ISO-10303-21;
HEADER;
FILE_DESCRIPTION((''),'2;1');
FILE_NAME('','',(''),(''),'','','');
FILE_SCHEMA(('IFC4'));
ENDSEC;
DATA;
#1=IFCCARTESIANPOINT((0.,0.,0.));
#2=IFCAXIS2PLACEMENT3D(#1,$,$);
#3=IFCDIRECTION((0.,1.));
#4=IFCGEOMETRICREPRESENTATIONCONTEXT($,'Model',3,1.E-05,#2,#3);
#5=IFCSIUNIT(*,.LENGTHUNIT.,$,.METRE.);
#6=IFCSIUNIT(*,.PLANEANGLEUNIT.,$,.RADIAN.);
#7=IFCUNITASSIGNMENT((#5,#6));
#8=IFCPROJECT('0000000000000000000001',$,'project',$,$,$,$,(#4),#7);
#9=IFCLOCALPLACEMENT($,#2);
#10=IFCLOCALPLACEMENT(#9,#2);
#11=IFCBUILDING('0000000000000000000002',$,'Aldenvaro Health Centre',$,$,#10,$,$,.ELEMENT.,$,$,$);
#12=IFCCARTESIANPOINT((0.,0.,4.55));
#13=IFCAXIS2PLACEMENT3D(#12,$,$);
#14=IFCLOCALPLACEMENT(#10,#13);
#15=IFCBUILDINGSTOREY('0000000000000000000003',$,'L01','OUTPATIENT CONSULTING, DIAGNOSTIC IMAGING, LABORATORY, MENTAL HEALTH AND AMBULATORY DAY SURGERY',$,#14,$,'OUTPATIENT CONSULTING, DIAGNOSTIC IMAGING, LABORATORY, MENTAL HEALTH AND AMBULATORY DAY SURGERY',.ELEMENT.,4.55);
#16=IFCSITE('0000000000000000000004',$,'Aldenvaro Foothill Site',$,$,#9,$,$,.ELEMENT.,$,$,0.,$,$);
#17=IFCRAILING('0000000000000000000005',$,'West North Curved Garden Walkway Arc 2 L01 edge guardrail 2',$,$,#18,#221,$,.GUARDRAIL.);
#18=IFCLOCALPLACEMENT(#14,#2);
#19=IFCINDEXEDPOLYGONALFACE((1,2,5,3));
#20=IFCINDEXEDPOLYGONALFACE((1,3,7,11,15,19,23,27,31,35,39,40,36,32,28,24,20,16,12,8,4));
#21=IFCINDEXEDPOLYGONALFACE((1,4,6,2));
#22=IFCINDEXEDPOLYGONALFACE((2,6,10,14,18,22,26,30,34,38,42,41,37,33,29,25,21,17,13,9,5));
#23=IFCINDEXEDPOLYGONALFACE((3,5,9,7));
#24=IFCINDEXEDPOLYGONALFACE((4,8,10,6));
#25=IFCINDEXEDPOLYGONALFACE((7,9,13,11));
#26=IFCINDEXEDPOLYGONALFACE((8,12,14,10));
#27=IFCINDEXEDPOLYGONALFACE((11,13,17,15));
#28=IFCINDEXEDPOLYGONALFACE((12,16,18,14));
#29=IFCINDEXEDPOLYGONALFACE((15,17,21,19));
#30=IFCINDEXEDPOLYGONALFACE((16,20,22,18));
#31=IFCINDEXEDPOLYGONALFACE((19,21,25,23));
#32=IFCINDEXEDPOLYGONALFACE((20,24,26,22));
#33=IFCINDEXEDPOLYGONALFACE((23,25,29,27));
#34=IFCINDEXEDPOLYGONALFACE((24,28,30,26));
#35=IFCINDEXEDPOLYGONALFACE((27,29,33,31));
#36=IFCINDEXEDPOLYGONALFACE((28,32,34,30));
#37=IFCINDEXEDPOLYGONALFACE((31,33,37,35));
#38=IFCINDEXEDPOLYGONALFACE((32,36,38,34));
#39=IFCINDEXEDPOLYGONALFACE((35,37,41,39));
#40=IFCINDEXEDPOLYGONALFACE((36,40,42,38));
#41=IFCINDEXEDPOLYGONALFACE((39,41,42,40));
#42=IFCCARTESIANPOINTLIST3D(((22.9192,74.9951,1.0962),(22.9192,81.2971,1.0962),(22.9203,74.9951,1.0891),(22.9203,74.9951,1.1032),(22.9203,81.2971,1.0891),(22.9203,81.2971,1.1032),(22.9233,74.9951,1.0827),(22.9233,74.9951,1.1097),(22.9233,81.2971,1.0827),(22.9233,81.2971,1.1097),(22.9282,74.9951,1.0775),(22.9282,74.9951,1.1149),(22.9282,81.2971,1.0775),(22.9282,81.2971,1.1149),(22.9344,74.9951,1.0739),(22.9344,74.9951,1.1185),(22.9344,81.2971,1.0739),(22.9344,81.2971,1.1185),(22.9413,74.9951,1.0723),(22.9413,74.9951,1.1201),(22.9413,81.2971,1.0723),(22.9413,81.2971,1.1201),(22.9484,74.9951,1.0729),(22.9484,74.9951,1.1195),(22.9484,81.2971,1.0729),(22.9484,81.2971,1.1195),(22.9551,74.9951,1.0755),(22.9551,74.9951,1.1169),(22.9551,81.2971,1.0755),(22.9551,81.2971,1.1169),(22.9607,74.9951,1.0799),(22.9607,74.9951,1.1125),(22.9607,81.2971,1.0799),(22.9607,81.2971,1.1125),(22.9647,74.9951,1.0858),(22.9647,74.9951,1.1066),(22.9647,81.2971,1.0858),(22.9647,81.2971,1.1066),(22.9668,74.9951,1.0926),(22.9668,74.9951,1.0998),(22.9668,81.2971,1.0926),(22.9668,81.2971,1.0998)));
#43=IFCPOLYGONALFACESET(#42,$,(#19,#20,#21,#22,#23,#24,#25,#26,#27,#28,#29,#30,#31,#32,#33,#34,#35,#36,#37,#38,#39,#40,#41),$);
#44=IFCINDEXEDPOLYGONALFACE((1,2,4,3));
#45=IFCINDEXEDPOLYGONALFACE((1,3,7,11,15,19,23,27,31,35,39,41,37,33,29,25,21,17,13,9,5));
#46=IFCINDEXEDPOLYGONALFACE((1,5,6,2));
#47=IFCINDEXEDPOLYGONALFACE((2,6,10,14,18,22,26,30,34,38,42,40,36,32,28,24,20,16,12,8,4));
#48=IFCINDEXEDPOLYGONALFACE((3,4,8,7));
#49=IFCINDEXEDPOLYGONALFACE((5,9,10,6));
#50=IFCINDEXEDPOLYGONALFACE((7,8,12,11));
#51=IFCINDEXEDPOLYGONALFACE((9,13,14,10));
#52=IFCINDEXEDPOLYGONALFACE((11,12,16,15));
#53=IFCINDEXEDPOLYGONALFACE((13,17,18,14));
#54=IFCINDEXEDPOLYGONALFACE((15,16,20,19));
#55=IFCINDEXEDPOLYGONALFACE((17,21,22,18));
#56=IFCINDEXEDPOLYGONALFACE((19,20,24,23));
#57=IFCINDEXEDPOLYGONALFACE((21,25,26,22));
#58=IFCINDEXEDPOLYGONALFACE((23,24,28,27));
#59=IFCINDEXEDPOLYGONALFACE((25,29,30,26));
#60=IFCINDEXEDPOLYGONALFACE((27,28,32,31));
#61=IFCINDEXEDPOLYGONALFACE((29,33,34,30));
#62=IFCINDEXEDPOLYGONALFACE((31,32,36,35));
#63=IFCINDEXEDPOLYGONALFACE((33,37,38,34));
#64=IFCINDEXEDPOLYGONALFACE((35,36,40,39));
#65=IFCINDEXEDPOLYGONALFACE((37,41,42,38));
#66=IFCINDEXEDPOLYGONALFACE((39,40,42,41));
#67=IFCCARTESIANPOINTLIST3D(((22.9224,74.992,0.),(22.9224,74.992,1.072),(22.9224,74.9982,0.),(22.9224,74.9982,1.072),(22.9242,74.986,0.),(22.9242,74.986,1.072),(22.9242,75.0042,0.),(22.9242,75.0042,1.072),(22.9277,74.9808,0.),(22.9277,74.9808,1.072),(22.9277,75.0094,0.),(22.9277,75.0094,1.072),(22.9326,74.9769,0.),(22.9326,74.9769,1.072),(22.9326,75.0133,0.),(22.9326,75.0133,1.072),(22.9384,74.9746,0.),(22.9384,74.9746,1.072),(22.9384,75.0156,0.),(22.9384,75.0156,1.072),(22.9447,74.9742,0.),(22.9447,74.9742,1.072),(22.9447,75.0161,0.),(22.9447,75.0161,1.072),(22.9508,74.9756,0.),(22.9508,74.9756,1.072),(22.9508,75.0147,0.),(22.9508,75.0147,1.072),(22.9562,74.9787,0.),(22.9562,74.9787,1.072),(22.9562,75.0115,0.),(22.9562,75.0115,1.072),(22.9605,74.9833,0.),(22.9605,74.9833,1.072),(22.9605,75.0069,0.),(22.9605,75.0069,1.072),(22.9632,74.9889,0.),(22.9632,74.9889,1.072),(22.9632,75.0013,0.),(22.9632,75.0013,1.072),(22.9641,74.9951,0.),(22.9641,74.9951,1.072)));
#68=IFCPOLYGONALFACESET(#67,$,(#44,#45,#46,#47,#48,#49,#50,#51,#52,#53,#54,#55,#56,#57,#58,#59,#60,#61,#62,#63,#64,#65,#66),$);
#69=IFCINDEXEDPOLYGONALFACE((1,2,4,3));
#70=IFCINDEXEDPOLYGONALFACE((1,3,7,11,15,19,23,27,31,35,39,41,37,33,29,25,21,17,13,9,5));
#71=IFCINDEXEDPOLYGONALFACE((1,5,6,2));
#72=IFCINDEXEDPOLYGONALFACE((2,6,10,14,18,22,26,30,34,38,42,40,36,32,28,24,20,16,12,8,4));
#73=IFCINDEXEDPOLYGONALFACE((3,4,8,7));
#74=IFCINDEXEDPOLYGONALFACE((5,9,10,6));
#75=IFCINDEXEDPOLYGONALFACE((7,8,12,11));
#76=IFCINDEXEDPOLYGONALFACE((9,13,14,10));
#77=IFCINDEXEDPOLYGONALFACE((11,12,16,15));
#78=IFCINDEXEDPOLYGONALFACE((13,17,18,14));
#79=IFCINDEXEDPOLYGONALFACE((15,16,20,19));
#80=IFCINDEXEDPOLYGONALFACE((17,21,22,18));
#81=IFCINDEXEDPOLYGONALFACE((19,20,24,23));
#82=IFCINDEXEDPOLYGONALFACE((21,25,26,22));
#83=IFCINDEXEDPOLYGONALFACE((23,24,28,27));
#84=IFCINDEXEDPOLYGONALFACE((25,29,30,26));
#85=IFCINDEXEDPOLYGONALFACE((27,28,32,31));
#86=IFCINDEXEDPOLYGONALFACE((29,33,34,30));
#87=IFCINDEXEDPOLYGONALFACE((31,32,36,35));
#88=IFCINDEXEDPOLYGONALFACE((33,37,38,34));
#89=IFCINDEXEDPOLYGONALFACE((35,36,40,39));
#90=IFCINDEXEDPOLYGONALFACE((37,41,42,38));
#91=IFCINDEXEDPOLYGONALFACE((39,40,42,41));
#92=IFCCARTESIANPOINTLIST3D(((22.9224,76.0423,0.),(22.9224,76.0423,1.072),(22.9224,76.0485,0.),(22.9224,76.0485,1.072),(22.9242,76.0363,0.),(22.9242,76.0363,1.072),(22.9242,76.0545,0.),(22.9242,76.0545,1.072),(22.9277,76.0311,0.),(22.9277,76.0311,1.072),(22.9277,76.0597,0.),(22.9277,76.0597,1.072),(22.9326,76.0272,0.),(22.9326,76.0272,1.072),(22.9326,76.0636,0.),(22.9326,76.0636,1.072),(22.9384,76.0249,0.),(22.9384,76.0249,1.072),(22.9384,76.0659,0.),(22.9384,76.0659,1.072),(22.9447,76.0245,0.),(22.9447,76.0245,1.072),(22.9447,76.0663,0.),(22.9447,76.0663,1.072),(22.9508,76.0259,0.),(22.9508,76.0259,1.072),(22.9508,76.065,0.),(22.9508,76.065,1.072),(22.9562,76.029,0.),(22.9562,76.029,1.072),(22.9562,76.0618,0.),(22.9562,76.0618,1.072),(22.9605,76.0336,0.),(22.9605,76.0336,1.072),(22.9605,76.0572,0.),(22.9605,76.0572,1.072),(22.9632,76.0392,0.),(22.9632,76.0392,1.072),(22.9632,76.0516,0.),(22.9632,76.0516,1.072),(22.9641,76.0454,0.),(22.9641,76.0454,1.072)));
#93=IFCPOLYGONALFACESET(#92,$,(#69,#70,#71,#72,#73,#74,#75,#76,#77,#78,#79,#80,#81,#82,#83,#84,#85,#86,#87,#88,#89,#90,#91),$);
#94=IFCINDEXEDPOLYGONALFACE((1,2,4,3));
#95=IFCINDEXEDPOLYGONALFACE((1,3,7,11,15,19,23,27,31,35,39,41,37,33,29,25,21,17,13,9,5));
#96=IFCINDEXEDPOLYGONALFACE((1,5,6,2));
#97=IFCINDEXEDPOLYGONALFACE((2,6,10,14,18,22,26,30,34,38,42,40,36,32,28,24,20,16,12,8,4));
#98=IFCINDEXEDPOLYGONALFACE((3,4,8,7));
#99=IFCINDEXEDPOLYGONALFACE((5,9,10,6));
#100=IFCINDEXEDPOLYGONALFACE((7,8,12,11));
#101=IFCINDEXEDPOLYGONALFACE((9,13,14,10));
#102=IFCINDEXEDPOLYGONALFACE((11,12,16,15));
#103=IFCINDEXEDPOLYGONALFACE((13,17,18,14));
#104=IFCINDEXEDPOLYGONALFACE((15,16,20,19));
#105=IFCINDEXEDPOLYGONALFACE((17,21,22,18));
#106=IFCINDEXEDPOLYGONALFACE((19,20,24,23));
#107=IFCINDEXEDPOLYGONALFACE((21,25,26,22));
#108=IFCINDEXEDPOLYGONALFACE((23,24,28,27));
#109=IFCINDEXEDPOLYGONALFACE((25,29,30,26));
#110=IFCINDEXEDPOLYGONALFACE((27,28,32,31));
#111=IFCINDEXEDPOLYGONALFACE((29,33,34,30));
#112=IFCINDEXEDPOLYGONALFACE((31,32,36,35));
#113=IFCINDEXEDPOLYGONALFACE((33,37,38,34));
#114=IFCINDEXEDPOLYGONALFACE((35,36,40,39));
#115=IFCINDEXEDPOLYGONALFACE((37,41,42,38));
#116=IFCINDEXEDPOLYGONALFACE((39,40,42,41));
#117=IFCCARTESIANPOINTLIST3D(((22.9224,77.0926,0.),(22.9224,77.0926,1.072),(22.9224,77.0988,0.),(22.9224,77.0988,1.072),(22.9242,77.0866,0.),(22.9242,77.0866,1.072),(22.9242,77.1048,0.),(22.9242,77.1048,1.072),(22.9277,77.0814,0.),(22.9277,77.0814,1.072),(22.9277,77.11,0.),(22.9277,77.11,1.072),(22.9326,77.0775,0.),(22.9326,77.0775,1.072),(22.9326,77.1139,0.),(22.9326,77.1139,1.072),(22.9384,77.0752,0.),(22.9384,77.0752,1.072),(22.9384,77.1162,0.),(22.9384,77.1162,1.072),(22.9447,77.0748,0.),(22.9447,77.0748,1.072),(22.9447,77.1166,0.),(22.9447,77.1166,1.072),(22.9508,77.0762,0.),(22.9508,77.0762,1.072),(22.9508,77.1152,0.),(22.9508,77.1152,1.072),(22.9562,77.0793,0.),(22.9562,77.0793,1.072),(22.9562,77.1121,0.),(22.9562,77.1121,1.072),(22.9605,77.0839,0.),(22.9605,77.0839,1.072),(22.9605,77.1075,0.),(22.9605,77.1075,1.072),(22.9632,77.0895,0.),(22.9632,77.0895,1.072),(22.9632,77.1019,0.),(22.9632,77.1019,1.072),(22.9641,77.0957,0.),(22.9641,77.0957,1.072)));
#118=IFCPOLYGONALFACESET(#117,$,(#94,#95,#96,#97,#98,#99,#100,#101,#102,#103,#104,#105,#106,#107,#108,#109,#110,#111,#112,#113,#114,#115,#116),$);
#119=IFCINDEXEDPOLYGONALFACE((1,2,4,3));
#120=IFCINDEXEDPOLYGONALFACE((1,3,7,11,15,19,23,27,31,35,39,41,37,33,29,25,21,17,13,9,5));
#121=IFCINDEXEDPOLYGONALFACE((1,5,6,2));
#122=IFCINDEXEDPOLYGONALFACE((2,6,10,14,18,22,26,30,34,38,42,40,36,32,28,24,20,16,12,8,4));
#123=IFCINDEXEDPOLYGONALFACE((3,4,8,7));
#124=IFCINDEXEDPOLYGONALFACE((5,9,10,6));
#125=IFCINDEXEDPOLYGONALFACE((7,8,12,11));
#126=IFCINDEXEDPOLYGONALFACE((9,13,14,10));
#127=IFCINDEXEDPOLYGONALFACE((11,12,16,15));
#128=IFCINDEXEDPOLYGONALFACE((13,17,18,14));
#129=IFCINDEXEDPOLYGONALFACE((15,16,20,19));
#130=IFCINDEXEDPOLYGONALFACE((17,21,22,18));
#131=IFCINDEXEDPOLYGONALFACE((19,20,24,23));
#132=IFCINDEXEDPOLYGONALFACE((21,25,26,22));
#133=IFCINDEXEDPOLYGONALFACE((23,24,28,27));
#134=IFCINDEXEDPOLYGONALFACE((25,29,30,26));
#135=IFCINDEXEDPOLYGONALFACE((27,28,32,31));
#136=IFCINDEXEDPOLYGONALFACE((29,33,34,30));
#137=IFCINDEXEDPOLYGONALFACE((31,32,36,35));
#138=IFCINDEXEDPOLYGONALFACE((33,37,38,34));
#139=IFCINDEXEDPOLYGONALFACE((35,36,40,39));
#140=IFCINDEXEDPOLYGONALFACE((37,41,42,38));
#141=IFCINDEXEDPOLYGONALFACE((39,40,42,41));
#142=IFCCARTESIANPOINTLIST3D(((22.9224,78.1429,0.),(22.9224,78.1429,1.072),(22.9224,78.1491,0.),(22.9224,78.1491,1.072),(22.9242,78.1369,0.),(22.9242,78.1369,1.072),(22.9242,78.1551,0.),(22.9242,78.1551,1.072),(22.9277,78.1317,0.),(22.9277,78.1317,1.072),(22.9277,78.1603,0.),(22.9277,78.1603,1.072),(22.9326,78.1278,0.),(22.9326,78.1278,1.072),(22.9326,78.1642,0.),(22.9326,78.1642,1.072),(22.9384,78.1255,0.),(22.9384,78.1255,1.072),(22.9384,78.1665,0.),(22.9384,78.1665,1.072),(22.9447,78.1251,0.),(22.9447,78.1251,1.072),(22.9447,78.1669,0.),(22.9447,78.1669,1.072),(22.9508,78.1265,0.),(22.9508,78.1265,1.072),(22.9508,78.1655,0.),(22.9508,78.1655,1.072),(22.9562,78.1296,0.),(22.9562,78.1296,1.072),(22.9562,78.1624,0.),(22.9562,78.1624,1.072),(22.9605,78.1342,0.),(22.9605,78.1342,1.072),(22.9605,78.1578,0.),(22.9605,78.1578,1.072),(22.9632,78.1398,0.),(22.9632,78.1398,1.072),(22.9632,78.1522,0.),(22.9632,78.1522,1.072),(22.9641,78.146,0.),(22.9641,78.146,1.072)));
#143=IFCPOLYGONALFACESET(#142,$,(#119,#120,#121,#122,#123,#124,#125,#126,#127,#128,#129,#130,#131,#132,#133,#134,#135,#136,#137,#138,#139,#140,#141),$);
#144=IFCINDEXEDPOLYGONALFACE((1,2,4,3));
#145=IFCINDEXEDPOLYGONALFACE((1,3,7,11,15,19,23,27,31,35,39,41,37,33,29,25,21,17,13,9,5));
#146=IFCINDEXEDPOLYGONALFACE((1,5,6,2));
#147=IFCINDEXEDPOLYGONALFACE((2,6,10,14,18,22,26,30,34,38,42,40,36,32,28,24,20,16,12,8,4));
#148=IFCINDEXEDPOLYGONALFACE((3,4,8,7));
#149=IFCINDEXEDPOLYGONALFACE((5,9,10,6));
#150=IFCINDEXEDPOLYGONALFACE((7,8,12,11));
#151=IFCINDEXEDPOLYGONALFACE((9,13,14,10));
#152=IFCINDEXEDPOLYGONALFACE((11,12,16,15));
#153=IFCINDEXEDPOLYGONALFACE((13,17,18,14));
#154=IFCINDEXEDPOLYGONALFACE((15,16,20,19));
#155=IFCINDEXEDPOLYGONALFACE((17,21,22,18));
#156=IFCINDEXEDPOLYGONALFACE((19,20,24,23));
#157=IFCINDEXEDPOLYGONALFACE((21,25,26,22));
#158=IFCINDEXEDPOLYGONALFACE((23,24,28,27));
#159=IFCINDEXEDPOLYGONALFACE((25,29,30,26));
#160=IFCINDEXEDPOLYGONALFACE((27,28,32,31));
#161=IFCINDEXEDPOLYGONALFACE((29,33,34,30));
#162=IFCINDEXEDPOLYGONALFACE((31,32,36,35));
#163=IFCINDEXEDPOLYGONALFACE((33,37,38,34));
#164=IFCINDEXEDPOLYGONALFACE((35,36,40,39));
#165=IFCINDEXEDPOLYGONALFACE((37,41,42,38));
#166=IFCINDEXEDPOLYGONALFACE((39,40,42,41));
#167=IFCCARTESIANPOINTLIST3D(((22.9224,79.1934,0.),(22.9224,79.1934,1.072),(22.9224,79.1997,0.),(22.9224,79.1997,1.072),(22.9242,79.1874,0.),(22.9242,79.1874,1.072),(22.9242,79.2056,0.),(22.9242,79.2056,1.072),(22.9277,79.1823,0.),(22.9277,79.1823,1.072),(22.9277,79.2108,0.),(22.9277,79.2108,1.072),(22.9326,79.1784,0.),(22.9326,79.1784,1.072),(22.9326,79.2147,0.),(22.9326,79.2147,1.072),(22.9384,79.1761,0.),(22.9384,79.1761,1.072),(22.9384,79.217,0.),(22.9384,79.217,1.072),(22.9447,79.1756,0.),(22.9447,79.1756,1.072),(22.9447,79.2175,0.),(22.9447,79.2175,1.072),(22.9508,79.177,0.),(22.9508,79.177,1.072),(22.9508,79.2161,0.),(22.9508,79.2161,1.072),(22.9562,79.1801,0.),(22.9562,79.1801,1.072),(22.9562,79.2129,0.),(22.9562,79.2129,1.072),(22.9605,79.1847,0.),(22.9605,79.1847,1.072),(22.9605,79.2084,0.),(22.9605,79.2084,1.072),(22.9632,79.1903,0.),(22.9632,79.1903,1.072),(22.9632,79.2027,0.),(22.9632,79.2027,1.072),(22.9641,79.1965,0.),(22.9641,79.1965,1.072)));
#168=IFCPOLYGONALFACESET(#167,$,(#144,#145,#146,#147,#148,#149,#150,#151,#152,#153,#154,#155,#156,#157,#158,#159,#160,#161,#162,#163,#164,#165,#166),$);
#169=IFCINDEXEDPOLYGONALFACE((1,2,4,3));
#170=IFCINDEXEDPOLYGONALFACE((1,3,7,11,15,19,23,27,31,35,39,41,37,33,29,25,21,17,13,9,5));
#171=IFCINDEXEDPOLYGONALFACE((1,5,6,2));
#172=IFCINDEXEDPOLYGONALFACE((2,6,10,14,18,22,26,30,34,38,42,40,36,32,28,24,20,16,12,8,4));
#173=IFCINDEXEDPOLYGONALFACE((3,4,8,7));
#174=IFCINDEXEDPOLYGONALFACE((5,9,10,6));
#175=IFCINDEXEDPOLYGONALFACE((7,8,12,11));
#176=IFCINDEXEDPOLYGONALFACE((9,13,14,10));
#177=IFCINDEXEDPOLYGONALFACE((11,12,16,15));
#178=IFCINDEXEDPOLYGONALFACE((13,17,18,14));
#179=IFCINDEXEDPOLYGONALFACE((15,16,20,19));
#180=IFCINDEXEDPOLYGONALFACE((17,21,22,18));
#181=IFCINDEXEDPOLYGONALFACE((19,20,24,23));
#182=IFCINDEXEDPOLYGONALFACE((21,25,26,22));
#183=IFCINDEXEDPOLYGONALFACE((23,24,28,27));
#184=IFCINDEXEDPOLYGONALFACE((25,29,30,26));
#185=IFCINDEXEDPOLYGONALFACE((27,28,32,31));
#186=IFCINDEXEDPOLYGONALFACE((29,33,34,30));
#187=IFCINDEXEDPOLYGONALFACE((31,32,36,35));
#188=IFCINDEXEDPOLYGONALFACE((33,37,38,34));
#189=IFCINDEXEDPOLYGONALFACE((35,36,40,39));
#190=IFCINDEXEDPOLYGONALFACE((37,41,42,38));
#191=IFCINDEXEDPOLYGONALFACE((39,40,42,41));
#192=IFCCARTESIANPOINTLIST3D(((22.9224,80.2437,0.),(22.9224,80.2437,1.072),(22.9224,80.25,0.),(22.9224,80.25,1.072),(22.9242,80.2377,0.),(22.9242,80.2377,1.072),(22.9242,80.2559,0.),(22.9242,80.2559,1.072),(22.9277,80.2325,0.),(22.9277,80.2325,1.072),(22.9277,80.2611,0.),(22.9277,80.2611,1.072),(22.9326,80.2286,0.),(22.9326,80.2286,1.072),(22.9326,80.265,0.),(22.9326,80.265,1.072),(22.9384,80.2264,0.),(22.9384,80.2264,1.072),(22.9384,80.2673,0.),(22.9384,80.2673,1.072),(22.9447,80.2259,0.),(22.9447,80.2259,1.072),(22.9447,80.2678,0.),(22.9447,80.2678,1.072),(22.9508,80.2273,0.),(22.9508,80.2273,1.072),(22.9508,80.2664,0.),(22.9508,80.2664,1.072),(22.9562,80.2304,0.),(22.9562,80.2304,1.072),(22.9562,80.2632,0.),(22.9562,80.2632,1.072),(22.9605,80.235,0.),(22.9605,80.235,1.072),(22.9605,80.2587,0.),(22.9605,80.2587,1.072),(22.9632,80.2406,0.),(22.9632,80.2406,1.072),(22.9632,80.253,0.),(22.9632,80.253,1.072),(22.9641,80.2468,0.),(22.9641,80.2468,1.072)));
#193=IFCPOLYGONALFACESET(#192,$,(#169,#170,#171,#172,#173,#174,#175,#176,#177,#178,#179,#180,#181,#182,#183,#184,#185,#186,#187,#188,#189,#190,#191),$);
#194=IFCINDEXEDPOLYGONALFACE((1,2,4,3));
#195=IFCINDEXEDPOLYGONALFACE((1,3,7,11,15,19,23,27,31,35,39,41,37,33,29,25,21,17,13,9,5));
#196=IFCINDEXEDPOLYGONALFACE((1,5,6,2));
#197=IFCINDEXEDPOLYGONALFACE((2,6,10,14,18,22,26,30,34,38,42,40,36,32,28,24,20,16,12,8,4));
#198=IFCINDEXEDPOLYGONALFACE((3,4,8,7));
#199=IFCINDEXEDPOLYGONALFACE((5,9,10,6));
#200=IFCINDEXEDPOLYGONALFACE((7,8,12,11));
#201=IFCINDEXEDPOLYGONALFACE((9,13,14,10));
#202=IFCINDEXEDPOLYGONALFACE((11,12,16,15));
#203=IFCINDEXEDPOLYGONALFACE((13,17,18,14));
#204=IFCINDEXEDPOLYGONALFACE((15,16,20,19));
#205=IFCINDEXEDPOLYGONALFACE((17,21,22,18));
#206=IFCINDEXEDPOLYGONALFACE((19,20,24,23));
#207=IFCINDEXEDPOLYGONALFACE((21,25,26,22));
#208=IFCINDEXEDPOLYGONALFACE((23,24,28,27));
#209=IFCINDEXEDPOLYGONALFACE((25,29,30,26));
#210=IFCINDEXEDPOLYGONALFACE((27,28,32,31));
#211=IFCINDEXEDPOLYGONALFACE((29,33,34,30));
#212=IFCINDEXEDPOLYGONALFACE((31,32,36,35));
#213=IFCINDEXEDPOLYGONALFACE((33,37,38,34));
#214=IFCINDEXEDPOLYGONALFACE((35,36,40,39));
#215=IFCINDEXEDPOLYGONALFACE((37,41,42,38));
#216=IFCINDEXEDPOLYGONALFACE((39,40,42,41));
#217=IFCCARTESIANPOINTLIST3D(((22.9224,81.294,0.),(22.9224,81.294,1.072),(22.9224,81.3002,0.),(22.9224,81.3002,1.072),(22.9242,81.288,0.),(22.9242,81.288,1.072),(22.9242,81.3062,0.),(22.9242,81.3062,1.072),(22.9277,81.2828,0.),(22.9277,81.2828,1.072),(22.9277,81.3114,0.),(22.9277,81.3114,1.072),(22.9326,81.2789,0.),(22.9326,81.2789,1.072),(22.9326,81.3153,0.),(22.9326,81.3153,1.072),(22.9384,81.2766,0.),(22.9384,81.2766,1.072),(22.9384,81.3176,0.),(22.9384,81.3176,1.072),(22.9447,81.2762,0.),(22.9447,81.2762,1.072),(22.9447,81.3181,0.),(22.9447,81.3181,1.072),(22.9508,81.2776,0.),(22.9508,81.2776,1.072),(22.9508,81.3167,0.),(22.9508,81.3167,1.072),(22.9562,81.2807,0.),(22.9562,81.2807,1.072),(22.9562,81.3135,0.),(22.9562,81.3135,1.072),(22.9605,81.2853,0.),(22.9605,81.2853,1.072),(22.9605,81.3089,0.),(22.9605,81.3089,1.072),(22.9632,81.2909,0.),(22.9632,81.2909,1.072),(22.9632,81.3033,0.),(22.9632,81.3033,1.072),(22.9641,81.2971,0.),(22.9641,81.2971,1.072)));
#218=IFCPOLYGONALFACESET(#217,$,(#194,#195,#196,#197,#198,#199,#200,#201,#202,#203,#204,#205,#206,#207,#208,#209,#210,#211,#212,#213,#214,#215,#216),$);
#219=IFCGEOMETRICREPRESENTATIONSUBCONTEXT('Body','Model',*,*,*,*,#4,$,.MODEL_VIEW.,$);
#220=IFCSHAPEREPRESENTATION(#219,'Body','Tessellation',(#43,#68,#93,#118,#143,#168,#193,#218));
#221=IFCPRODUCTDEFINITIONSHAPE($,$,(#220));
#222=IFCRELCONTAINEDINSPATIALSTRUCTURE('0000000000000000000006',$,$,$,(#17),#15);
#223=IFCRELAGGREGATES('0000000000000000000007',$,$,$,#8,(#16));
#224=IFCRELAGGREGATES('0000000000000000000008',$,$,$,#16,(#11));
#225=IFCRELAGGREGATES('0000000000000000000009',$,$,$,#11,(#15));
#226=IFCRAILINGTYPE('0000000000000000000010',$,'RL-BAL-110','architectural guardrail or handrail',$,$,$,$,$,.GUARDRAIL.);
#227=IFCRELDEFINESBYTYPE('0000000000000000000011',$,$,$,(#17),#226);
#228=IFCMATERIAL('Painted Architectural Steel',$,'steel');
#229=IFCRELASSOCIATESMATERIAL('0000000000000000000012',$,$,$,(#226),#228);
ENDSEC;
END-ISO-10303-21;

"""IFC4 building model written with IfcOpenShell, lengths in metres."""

from ifc_helpers import new_model, si_unit, direction, frame, origin, origin_2d, place, context, subcontext, project, spatial, circle, extrude, material, type_object, element, save


model = new_model("IFC4")

# Units and contexts
model_context = context("Model", 3, precision=1e-05, world=origin(), true_north=direction((0.0, 1.0)))
body_context = subcontext(model_context, "Body", "Model", "MODEL_VIEW")
ifc_project = project(units=[si_unit("LENGTHUNIT", "METRE"), si_unit("PLANEANGLEUNIT", "RADIAN")], contexts=[model_context])

# Site, building, storey
site_placement = place(None, origin())
site = spatial("IfcSite", under=ifc_project, at=site_placement, Name="Aldenvaro Foothill Site", CompositionType="ELEMENT", RefElevation=0.0)
building_placement = place(site_placement, origin())
building = spatial("IfcBuilding", under=site, at=building_placement, Name="Aldenvaro Health Centre", CompositionType="ELEMENT")
storey_placement = place(building_placement, frame((0.0, 0.0, 4.55)))
storey = spatial("IfcBuildingStorey", under=building, at=storey_placement, Name="L01", Description="OUTPATIENT CONSULTING, DIAGNOSTIC IMAGING, LABORATORY, MENTAL HEALTH AND AMBULATORY DAY SURGERY", LongName="OUTPATIENT CONSULTING, DIAGNOSTIC IMAGING, LABORATORY, MENTAL HEALTH AND AMBULATORY DAY SURGERY", CompositionType="ELEMENT", Elevation=4.55)

# Railing
ifc_material_1 = material(Name="Painted Architectural Steel", Category="steel")
railing_type = type_object("IfcRailingType", Name="RL-BAL-110", Description="architectural guardrail or handrail", PredefinedType="GUARDRAIL", material=ifc_material_1)
railing_placement = place(storey_placement, frame((22.9431, 74.9951, 0.0)))
element("IfcRailing", 1, at=railing_placement, inside=storey, type_object=railing_type, Name="West North Curved Garden Walkway Arc 2 L01 edge guardrail 2", PredefinedType="GUARDRAIL", context=body_context, shape_type="SweptSolid", body=[
    extrude(circle(Radius=0.0239, at=origin_2d()), frame((0.0, 0.0, 1.0962), z_axis=(0.0, 1.0, 0.0), x_axis=(-1.0, 0.0, 0.0)), (0.0, 0.0, 1.0), 6.302),
    extrude(circle(Radius=0.021, at=origin_2d()), origin(), (0.0, 0.0, 1.0), 1.072),
    extrude(circle(Radius=0.021, at=origin_2d()), frame((0.0, 1.0503, 0.0)), (0.0, 0.0, 1.0), 1.072),
    extrude(circle(Radius=0.021, at=origin_2d()), frame((0.0, 2.1006, 0.0)), (0.0, 0.0, 1.0), 1.072),
    extrude(circle(Radius=0.021, at=origin_2d()), frame((0.0, 3.1509, 0.0)), (0.0, 0.0, 1.0), 1.072),
    extrude(circle(Radius=0.021, at=origin_2d()), frame((0.0, 4.2014, 0.0)), (0.0, 0.0, 1.0), 1.072),
    extrude(circle(Radius=0.021, at=origin_2d()), frame((0.0, 5.2517, 0.0)), (0.0, 0.0, 1.0), 1.072),
    extrude(circle(Radius=0.021, at=origin_2d()), frame((0.0, 6.302, 0.0)), (0.0, 0.0, 1.0), 1.072),
])

save(model, "model.ifc")
